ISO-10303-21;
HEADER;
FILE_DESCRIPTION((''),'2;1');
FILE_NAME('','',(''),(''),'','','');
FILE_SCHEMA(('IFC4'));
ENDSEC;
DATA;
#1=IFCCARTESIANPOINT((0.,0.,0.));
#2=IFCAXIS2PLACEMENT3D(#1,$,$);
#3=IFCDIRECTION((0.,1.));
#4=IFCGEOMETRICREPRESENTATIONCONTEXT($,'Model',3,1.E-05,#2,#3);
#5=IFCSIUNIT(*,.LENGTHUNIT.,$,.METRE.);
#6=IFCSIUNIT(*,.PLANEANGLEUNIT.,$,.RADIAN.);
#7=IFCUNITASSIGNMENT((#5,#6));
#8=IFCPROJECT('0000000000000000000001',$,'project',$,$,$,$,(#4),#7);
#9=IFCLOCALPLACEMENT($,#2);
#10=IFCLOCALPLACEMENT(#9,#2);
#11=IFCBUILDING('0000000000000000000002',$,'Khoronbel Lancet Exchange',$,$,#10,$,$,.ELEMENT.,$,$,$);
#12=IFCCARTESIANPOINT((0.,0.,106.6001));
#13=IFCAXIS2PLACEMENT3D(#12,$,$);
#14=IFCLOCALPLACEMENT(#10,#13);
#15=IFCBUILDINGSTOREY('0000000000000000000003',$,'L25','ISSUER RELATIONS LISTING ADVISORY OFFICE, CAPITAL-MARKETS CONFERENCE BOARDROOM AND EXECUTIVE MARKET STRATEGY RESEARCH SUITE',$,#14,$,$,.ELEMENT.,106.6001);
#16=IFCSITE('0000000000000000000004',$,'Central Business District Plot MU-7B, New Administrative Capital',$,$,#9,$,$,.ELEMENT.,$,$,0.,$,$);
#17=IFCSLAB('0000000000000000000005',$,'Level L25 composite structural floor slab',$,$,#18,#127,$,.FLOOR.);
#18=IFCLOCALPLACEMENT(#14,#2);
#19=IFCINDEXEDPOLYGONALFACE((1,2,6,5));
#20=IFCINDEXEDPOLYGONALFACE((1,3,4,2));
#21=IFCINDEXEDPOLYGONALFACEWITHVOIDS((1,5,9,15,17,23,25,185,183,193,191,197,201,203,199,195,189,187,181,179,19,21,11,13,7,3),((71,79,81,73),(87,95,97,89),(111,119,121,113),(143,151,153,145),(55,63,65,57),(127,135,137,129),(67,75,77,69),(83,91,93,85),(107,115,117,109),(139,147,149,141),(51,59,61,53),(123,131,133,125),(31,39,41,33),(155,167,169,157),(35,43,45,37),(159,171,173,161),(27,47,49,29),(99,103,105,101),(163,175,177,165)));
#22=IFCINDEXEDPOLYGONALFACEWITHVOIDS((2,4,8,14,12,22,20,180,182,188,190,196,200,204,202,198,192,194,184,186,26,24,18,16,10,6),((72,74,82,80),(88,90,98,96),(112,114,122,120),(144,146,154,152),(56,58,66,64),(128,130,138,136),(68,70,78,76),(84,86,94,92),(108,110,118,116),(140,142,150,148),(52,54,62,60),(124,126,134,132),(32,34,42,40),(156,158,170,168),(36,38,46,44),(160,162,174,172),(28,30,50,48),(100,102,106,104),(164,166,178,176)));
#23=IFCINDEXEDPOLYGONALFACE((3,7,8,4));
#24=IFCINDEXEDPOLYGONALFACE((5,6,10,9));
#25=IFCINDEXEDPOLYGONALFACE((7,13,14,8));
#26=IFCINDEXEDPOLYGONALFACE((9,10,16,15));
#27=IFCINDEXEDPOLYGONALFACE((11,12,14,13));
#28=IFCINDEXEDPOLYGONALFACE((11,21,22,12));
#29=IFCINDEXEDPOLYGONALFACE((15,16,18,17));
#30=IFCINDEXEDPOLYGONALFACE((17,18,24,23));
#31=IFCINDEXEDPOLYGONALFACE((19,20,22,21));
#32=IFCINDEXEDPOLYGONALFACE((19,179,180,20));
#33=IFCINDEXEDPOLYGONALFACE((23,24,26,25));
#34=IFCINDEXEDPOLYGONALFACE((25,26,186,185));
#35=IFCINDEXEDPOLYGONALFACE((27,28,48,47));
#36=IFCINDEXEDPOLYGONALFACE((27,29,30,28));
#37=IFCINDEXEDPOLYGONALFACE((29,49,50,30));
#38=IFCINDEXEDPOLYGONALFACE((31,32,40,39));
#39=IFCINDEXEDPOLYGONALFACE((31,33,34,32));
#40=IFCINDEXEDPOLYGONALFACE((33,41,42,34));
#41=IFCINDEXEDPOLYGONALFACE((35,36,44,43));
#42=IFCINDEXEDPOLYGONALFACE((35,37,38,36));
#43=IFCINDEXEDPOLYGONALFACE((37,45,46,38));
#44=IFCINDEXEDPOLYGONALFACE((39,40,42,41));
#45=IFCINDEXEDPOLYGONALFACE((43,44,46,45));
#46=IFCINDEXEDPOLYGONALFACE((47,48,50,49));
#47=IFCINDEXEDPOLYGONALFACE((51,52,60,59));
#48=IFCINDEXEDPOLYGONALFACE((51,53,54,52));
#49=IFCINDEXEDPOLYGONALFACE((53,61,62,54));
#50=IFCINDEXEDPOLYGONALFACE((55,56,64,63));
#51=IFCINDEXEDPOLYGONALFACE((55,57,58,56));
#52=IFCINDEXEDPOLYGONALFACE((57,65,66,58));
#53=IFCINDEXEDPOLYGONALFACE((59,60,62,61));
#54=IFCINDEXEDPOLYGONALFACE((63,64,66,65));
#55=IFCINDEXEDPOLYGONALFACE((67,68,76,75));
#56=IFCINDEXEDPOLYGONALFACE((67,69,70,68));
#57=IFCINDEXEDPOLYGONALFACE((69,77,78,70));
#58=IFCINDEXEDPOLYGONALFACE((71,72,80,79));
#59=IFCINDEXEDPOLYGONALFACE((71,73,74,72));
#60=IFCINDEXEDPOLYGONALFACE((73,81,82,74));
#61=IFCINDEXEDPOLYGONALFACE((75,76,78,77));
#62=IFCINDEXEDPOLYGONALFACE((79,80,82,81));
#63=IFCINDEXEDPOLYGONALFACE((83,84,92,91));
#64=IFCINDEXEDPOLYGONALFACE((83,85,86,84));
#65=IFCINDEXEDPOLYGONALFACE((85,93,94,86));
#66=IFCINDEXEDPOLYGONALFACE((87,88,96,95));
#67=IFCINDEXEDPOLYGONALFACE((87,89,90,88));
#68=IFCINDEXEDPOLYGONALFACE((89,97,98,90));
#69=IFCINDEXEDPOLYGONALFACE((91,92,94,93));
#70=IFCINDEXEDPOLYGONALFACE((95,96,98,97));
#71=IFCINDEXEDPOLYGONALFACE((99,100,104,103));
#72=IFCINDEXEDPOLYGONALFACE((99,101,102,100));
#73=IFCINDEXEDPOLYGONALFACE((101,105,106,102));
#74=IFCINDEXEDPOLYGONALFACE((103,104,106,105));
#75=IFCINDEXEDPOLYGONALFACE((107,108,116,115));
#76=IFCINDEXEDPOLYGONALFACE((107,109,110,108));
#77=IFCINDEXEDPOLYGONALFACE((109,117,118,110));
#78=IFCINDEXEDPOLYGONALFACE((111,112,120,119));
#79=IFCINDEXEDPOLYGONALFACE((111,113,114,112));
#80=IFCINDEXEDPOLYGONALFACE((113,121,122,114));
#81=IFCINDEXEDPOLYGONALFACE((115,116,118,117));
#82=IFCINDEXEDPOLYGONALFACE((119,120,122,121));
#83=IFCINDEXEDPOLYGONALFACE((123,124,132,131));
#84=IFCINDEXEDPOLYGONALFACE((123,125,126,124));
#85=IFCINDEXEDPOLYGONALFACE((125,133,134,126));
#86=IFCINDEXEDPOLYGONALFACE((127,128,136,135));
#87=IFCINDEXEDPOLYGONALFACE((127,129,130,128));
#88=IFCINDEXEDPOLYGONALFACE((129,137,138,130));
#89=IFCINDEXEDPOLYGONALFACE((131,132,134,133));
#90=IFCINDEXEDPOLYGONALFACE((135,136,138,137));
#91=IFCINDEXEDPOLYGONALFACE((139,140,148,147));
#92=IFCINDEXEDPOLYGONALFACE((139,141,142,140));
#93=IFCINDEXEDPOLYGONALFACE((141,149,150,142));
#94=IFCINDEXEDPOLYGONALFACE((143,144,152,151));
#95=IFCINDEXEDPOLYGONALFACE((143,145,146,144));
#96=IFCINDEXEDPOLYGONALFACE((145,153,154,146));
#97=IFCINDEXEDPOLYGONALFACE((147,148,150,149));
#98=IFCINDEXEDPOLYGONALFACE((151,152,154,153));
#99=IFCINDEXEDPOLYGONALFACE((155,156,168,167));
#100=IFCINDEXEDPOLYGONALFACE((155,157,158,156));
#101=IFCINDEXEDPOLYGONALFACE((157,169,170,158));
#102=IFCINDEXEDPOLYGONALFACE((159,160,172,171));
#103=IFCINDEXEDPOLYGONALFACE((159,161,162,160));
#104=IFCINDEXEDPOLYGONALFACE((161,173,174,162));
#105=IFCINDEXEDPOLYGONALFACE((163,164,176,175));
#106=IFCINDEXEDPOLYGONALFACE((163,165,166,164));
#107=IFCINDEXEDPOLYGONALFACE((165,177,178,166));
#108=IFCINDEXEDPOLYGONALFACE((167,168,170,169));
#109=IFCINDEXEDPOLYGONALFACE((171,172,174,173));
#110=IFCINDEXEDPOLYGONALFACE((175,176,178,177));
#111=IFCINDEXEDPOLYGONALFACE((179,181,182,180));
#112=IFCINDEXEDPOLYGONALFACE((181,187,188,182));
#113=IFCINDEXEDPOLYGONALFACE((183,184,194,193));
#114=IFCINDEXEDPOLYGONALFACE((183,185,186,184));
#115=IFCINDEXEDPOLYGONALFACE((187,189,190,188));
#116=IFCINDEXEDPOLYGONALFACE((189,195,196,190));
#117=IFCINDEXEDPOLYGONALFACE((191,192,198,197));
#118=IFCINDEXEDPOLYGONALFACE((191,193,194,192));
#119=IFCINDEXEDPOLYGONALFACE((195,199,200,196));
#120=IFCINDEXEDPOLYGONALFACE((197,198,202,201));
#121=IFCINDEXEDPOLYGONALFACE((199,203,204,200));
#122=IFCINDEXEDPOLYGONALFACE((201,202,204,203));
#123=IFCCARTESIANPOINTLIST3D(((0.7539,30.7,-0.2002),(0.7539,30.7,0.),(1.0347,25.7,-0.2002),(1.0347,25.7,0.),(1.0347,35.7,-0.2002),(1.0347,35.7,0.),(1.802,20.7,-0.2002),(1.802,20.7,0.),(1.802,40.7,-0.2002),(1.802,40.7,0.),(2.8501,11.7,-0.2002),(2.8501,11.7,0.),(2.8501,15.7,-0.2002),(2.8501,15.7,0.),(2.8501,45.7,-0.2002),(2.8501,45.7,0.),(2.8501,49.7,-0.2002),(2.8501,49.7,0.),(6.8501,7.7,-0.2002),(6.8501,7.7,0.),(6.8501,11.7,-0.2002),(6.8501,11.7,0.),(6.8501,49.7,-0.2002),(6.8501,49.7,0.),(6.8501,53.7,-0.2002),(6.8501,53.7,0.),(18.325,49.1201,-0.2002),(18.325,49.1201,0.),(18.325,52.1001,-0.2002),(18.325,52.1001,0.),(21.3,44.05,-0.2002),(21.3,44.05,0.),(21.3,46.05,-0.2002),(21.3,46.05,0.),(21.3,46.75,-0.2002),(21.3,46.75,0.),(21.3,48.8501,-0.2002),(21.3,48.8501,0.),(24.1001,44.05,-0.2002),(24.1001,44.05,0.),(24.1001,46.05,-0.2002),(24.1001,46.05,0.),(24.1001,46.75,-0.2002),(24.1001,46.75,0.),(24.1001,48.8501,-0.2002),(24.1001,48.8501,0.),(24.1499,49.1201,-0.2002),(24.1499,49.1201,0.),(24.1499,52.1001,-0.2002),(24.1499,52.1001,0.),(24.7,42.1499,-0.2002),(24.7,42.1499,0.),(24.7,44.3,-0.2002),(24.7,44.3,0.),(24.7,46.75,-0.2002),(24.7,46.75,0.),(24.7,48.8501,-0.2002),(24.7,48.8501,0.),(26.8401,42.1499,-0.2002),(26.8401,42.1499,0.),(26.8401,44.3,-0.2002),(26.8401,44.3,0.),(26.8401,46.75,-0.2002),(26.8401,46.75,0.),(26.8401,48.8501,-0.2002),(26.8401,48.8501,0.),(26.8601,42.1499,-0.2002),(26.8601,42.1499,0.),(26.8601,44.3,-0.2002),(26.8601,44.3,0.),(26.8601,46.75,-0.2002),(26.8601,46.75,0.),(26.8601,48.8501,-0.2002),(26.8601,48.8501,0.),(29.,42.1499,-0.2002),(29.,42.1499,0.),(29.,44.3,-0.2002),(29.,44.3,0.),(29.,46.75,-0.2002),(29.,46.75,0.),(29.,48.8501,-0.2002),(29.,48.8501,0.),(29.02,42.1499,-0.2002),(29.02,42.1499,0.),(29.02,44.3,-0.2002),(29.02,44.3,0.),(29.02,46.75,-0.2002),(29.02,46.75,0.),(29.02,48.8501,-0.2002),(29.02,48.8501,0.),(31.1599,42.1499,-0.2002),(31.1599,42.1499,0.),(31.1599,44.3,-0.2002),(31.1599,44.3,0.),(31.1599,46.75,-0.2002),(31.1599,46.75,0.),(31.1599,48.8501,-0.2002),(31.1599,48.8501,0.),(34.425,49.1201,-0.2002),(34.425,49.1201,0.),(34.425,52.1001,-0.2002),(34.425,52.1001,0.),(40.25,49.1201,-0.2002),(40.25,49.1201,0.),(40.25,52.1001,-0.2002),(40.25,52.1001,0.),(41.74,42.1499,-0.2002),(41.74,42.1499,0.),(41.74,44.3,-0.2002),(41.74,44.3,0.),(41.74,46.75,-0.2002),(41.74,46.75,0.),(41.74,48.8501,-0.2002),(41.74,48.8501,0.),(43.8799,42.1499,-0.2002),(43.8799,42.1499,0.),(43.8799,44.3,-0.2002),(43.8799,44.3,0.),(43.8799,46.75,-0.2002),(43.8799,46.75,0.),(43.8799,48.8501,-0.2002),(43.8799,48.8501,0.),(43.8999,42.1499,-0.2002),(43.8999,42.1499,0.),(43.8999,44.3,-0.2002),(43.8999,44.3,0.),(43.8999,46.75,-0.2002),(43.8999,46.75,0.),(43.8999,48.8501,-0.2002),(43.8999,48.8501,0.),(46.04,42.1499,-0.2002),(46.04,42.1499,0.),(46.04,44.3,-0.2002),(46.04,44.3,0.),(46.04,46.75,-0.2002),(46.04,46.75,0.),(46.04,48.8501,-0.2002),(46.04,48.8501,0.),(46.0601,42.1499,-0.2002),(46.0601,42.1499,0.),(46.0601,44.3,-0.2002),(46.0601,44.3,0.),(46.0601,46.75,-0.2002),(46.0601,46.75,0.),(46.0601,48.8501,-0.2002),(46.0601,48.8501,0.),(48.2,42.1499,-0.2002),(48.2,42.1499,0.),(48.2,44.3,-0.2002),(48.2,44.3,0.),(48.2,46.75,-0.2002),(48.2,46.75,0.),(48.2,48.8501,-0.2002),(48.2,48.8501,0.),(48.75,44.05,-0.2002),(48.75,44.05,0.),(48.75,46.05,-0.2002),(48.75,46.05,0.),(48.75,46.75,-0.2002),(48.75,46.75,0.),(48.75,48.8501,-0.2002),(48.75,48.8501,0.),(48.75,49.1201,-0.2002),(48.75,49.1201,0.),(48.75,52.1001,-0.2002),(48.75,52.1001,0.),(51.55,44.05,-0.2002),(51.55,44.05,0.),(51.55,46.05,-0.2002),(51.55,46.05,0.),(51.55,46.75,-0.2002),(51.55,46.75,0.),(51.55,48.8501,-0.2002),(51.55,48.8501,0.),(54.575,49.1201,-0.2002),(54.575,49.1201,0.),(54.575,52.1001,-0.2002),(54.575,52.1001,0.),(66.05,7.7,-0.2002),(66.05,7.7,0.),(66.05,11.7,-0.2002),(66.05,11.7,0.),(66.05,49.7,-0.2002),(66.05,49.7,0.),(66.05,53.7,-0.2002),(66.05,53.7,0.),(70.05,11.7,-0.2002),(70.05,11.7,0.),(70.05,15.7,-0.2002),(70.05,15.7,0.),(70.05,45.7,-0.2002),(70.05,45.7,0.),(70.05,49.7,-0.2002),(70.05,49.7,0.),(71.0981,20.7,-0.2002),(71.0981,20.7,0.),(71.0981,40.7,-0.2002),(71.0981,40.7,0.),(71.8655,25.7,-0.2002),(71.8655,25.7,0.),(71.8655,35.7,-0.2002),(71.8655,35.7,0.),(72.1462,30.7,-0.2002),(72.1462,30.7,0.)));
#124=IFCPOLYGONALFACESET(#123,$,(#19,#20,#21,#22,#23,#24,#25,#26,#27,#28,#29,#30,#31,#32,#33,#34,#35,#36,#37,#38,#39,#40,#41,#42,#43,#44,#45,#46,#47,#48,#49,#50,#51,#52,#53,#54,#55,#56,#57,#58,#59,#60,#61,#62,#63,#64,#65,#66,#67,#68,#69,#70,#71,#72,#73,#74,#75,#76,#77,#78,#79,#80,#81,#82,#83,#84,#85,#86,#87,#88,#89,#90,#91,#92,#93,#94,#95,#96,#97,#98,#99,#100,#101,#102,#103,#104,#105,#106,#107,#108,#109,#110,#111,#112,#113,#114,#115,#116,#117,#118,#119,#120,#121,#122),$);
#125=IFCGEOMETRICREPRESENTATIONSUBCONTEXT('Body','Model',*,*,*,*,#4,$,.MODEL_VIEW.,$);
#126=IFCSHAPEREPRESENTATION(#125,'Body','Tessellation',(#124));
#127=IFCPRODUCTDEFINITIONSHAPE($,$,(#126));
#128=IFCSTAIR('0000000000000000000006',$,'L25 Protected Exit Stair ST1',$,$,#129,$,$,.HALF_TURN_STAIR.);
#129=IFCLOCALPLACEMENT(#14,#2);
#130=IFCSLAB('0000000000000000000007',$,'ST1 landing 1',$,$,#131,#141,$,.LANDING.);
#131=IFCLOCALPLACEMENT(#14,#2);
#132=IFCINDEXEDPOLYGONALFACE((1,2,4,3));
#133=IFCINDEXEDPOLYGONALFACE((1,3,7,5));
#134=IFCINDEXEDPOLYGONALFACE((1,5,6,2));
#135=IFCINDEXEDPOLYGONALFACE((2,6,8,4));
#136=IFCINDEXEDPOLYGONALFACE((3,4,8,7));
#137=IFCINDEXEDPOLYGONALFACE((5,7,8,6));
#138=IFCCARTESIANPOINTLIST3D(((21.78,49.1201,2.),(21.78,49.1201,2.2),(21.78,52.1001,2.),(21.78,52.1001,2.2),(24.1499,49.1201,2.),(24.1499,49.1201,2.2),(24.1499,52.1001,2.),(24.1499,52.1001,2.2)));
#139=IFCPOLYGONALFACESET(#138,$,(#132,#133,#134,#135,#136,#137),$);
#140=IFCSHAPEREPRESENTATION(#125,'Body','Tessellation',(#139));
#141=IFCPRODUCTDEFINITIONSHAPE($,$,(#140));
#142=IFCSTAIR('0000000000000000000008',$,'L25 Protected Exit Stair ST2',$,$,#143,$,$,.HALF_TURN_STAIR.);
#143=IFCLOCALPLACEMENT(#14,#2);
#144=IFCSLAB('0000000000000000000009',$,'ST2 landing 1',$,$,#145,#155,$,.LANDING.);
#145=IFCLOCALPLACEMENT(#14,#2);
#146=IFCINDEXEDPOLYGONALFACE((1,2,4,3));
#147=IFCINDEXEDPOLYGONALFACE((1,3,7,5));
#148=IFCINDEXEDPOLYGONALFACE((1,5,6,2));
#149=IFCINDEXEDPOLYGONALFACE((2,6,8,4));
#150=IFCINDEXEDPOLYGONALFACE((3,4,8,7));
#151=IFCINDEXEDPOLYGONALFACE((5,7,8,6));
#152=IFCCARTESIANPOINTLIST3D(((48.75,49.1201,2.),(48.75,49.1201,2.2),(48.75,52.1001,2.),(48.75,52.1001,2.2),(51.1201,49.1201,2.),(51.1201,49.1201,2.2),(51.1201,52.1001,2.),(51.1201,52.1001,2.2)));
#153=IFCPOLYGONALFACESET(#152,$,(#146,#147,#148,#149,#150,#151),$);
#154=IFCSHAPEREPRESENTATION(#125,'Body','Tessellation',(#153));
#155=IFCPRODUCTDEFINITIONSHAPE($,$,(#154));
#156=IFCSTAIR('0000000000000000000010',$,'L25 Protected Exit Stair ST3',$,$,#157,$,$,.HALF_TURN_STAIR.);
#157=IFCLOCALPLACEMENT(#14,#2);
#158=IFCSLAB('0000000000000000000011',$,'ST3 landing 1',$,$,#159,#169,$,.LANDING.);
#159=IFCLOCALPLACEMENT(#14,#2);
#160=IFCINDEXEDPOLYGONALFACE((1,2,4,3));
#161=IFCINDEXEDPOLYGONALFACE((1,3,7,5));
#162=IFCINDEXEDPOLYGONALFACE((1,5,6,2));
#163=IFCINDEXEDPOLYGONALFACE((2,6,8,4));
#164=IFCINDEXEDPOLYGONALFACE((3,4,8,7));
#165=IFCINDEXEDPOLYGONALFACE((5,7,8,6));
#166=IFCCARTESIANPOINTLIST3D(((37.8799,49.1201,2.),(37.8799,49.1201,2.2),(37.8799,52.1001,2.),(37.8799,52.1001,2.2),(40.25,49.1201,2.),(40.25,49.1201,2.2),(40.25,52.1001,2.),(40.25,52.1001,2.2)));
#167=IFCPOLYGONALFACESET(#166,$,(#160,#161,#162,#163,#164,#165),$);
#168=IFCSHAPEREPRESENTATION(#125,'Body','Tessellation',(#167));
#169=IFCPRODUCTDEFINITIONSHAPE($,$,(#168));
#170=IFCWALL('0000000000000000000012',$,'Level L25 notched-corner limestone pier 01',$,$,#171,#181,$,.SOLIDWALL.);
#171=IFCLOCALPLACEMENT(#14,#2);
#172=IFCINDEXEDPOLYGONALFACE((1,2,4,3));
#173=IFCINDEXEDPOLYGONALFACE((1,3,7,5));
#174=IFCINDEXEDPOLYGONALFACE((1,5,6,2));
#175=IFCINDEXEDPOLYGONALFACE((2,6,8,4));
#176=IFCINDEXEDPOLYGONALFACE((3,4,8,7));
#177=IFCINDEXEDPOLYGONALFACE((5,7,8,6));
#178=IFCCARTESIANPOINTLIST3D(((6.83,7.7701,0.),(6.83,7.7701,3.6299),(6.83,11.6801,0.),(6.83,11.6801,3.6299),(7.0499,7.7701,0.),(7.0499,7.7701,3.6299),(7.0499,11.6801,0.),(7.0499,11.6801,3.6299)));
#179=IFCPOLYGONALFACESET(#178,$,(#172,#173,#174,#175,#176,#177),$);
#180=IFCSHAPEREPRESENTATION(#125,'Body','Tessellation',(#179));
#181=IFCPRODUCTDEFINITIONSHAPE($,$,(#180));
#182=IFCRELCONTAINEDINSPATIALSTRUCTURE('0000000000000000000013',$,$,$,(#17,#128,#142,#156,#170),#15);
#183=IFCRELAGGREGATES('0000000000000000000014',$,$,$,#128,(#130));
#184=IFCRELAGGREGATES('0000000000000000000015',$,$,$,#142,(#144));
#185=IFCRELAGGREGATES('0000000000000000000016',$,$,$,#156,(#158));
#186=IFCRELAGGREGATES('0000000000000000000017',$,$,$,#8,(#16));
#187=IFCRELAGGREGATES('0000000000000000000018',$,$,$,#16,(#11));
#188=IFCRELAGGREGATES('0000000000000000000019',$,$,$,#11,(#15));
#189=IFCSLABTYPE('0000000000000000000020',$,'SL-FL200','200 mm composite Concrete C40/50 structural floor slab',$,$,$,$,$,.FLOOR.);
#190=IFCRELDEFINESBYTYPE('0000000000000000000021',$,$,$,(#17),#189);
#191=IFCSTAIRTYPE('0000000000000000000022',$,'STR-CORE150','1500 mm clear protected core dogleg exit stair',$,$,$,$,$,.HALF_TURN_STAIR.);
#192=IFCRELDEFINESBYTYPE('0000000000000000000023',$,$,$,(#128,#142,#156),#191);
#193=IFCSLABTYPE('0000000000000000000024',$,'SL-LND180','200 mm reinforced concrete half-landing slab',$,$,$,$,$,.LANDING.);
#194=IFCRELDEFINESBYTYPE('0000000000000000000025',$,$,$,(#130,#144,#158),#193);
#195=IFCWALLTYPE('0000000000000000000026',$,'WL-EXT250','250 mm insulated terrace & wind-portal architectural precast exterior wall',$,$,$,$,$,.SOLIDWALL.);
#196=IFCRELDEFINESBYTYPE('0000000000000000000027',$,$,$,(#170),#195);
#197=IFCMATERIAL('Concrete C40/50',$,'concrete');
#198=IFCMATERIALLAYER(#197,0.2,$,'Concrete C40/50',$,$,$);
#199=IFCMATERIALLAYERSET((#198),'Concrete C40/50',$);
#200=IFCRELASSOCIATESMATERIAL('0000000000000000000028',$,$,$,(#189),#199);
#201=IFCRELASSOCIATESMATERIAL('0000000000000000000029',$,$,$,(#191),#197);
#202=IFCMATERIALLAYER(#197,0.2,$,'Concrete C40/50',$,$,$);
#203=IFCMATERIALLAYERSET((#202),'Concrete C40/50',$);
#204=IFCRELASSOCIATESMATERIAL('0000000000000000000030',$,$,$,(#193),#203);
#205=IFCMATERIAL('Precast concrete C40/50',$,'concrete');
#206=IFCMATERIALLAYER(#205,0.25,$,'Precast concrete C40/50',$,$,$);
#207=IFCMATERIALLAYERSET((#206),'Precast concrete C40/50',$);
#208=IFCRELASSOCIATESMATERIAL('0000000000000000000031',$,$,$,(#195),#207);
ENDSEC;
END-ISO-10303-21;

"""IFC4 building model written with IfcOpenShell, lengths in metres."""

from ifc_helpers import new_model, si_unit, direction, frame, frame_2d, origin, place, context, subcontext, project, spatial, polyline, rectangle, outline, extrude, material, layer, layer_set, type_object, element, aggregate, save


model = new_model("IFC4")

# Units and contexts
model_context = context("Model", 3, precision=1e-05, world=origin(), true_north=direction((0.0, 1.0)))
body_context = subcontext(model_context, "Body", "Model", "MODEL_VIEW")
ifc_project = project(units=[si_unit("LENGTHUNIT", "METRE"), si_unit("PLANEANGLEUNIT", "RADIAN")], contexts=[model_context])

# Site, building, storey
site_placement = place(None, origin())
site = spatial("IfcSite", under=ifc_project, at=site_placement, Name="Central Business District Plot MU-7B, New Administrative Capital", CompositionType="ELEMENT", RefElevation=0.0)
building_placement = place(site_placement, origin())
building = spatial("IfcBuilding", under=site, at=building_placement, Name="Khoronbel Lancet Exchange", CompositionType="ELEMENT")
storey_placement = place(building_placement, frame((0.0, 0.0, 106.6001)))
storey = spatial("IfcBuildingStorey", under=building, at=storey_placement, Name="L25", Description="ISSUER RELATIONS LISTING ADVISORY OFFICE, CAPITAL-MARKETS CONFERENCE BOARDROOM AND EXECUTIVE MARKET STRATEGY RESEARCH SUITE", CompositionType="ELEMENT", Elevation=106.6001)

# Slab
ifc_material_1 = material(Name="Concrete C40/50", Category="concrete")
ifc_layer_1 = layer(ifc_material_1, 0.2, Name="Concrete C40/50")
ifc_layer_set_1 = layer_set([ifc_layer_1], Name="Concrete C40/50")
slab_type_1 = type_object("IfcSlabType", Name="SL-FL200", Description="200 mm composite Concrete C40/50 structural floor slab", PredefinedType="FLOOR", material=ifc_layer_set_1)
slab_1_placement = place(storey_placement, frame((0.0, 0.0, -0.2002)))
element("IfcSlab", 1, at=slab_1_placement, inside=storey, type_object=slab_type_1, Name="Level L25 composite structural floor slab", PredefinedType="FLOOR", context=body_context, shape_type="SweptSolid", body=[
    extrude(outline(polyline([(6.8501, 7.7), (66.05, 7.7), (66.05, 11.7), (70.05, 11.7), (70.05, 15.7), (71.0981, 20.7), (71.8655, 25.7), (72.1462, 30.7), (71.8655, 35.7), (71.0981, 40.7), (70.05, 45.7), (70.05, 49.7), (66.05, 49.7), (66.05, 53.7), (6.8501, 53.7), (6.8501, 49.7), (2.8501, 49.7), (2.8501, 45.7), (1.802, 40.7), (1.0347, 35.7), (0.7539, 30.7), (1.0347, 25.7), (1.802, 20.7), (2.8501, 15.7), (2.8501, 11.7), (6.8501, 11.7), (6.8501, 7.7)]), holes=[polyline([(18.325, 49.1201), (24.1499, 49.1201), (24.1499, 52.1001), (18.325, 52.1001), (18.325, 49.1201)]), polyline([(48.75, 49.1201), (54.575, 49.1201), (54.575, 52.1001), (48.75, 52.1001), (48.75, 49.1201)]), polyline([(34.425, 49.1201), (40.25, 49.1201), (40.25, 52.1001), (34.425, 52.1001), (34.425, 49.1201)]), polyline([(24.7, 46.75), (26.8401, 46.75), (26.8401, 48.8501), (24.7, 48.8501), (24.7, 46.75)]), polyline([(26.8601, 46.75), (29.0, 46.75), (29.0, 48.8501), (26.8601, 48.8501), (26.8601, 46.75)]), polyline([(29.02, 46.75), (31.1599, 46.75), (31.1599, 48.8501), (29.02, 48.8501), (29.02, 46.75)]), polyline([(24.7, 42.1499), (26.8401, 42.1499), (26.8401, 44.3), (24.7, 44.3), (24.7, 42.1499)]), polyline([(26.8601, 42.1499), (29.0, 42.1499), (29.0, 44.3), (26.8601, 44.3), (26.8601, 42.1499)]), polyline([(29.02, 42.1499), (31.1599, 42.1499), (31.1599, 44.3), (29.02, 44.3), (29.02, 42.1499)]), polyline([(41.74, 46.75), (43.8799, 46.75), (43.8799, 48.8501), (41.74, 48.8501), (41.74, 46.75)]), polyline([(43.8999, 46.75), (46.04, 46.75), (46.04, 48.8501), (43.8999, 48.8501), (43.8999, 46.75)]), polyline([(46.0601, 46.75), (48.2, 46.75), (48.2, 48.8501), (46.0601, 48.8501), (46.0601, 46.75)]), polyline([(41.74, 42.1499), (43.8799, 42.1499), (43.8799, 44.3), (41.74, 44.3), (41.74, 42.1499)]), polyline([(43.8999, 42.1499), (46.04, 42.1499), (46.04, 44.3), (43.8999, 44.3), (43.8999, 42.1499)]), polyline([(46.0601, 42.1499), (48.2, 42.1499), (48.2, 44.3), (46.0601, 44.3), (46.0601, 42.1499)]), polyline([(21.3, 46.75), (24.1001, 46.75), (24.1001, 48.8501), (21.3, 48.8501), (21.3, 46.75)]), polyline([(48.75, 46.75), (51.55, 46.75), (51.55, 48.8501), (48.75, 48.8501), (48.75, 46.75)]), polyline([(21.3, 44.05), (24.1001, 44.05), (24.1001, 46.05), (21.3, 46.05), (21.3, 44.05)]), polyline([(48.75, 44.05), (51.55, 44.05), (51.55, 46.05), (48.75, 46.05), (48.75, 44.05)])]), origin(), (0.0, 0.0, 1.0), 0.2002),
])

# Stairs, slabs
stair_type = type_object("IfcStairType", Name="STR-CORE150", Description="1500 mm clear protected core dogleg exit stair", PredefinedType="HALF_TURN_STAIR", material=ifc_material_1)
stair_1_placement = place(storey_placement, origin())
stair_1 = element("IfcStair", 2, at=stair_1_placement, inside=storey, type_object=stair_type, Name="L25 Protected Exit Stair ST1", PredefinedType="HALF_TURN_STAIR")
ifc_layer_2 = layer(ifc_material_1, 0.2, Name="Concrete C40/50")
ifc_layer_set_2 = layer_set([ifc_layer_2], Name="Concrete C40/50")
slab_type_2 = type_object("IfcSlabType", Name="SL-LND180", Description="200 mm reinforced concrete half-landing slab", PredefinedType="LANDING", material=ifc_layer_set_2)
slab_2_placement = place(storey_placement, frame((0.0, 0.0, 2.0)))
slab_2 = element("IfcSlab", 3, at=slab_2_placement, type_object=slab_type_2, Name="ST1 landing 1", PredefinedType="LANDING", context=body_context, shape_type="SweptSolid", body=[
    extrude(outline(polyline([(21.78, 49.1201), (24.1499, 49.1201), (24.1499, 52.1001), (21.78, 52.1001), (21.78, 49.1201)])), origin(), (0.0, 0.0, 1.0), 0.2),
])
aggregate(stair_1, [slab_2])
stair_2_placement = place(storey_placement, origin())
stair_2 = element("IfcStair", 4, at=stair_2_placement, inside=storey, type_object=stair_type, Name="L25 Protected Exit Stair ST2", PredefinedType="HALF_TURN_STAIR")
slab_3_placement = place(storey_placement, frame((0.0, 0.0, 2.0)))
slab_3 = element("IfcSlab", 5, at=slab_3_placement, type_object=slab_type_2, Name="ST2 landing 1", PredefinedType="LANDING", context=body_context, shape_type="SweptSolid", body=[
    extrude(outline(polyline([(51.1201, 52.1001), (48.75, 52.1001), (48.75, 49.1201), (51.1201, 49.1201), (51.1201, 52.1001)])), origin(), (0.0, 0.0, 1.0), 0.2),
])
aggregate(stair_2, [slab_3])
stair_3_placement = place(storey_placement, origin())
stair_3 = element("IfcStair", 6, at=stair_3_placement, inside=storey, type_object=stair_type, Name="L25 Protected Exit Stair ST3", PredefinedType="HALF_TURN_STAIR")
slab_4_placement = place(storey_placement, frame((0.0, 0.0, 2.0)))
slab_4 = element("IfcSlab", 7, at=slab_4_placement, type_object=slab_type_2, Name="ST3 landing 1", PredefinedType="LANDING", context=body_context, shape_type="SweptSolid", body=[
    extrude(outline(polyline([(37.8799, 49.1201), (40.25, 49.1201), (40.25, 52.1001), (37.8799, 52.1001), (37.8799, 49.1201)])), origin(), (0.0, 0.0, 1.0), 0.2),
])
aggregate(stair_3, [slab_4])

# Wall
ifc_material_2 = material(Name="Precast concrete C40/50", Category="concrete")
ifc_layer_3 = layer(ifc_material_2, 0.25, Name="Precast concrete C40/50")
ifc_layer_set_3 = layer_set([ifc_layer_3], Name="Precast concrete C40/50")
wall_type = type_object("IfcWallType", Name="WL-EXT250", Description="250 mm insulated terrace & wind-portal architectural precast exterior wall", PredefinedType="SOLIDWALL", material=ifc_layer_set_3)
wall_placement = place(storey_placement, frame((6.9399, 7.77, 0.0), z_axis=(0.0, 0.0, 1.0), x_axis=(0.0, 1.0, 0.0)))
element("IfcWall", 8, at=wall_placement, inside=storey, type_object=wall_type, Name="Level L25 notched-corner limestone pier 01", PredefinedType="SOLIDWALL", context=body_context, shape_type="SweptSolid", body=[
    extrude(rectangle(XDim=3.9099, YDim=0.22, at=frame_2d((1.9551, 0.0))), origin(), (0.0, 0.0, 1.0), 3.6299),
])

save(model, "model.ifc")
